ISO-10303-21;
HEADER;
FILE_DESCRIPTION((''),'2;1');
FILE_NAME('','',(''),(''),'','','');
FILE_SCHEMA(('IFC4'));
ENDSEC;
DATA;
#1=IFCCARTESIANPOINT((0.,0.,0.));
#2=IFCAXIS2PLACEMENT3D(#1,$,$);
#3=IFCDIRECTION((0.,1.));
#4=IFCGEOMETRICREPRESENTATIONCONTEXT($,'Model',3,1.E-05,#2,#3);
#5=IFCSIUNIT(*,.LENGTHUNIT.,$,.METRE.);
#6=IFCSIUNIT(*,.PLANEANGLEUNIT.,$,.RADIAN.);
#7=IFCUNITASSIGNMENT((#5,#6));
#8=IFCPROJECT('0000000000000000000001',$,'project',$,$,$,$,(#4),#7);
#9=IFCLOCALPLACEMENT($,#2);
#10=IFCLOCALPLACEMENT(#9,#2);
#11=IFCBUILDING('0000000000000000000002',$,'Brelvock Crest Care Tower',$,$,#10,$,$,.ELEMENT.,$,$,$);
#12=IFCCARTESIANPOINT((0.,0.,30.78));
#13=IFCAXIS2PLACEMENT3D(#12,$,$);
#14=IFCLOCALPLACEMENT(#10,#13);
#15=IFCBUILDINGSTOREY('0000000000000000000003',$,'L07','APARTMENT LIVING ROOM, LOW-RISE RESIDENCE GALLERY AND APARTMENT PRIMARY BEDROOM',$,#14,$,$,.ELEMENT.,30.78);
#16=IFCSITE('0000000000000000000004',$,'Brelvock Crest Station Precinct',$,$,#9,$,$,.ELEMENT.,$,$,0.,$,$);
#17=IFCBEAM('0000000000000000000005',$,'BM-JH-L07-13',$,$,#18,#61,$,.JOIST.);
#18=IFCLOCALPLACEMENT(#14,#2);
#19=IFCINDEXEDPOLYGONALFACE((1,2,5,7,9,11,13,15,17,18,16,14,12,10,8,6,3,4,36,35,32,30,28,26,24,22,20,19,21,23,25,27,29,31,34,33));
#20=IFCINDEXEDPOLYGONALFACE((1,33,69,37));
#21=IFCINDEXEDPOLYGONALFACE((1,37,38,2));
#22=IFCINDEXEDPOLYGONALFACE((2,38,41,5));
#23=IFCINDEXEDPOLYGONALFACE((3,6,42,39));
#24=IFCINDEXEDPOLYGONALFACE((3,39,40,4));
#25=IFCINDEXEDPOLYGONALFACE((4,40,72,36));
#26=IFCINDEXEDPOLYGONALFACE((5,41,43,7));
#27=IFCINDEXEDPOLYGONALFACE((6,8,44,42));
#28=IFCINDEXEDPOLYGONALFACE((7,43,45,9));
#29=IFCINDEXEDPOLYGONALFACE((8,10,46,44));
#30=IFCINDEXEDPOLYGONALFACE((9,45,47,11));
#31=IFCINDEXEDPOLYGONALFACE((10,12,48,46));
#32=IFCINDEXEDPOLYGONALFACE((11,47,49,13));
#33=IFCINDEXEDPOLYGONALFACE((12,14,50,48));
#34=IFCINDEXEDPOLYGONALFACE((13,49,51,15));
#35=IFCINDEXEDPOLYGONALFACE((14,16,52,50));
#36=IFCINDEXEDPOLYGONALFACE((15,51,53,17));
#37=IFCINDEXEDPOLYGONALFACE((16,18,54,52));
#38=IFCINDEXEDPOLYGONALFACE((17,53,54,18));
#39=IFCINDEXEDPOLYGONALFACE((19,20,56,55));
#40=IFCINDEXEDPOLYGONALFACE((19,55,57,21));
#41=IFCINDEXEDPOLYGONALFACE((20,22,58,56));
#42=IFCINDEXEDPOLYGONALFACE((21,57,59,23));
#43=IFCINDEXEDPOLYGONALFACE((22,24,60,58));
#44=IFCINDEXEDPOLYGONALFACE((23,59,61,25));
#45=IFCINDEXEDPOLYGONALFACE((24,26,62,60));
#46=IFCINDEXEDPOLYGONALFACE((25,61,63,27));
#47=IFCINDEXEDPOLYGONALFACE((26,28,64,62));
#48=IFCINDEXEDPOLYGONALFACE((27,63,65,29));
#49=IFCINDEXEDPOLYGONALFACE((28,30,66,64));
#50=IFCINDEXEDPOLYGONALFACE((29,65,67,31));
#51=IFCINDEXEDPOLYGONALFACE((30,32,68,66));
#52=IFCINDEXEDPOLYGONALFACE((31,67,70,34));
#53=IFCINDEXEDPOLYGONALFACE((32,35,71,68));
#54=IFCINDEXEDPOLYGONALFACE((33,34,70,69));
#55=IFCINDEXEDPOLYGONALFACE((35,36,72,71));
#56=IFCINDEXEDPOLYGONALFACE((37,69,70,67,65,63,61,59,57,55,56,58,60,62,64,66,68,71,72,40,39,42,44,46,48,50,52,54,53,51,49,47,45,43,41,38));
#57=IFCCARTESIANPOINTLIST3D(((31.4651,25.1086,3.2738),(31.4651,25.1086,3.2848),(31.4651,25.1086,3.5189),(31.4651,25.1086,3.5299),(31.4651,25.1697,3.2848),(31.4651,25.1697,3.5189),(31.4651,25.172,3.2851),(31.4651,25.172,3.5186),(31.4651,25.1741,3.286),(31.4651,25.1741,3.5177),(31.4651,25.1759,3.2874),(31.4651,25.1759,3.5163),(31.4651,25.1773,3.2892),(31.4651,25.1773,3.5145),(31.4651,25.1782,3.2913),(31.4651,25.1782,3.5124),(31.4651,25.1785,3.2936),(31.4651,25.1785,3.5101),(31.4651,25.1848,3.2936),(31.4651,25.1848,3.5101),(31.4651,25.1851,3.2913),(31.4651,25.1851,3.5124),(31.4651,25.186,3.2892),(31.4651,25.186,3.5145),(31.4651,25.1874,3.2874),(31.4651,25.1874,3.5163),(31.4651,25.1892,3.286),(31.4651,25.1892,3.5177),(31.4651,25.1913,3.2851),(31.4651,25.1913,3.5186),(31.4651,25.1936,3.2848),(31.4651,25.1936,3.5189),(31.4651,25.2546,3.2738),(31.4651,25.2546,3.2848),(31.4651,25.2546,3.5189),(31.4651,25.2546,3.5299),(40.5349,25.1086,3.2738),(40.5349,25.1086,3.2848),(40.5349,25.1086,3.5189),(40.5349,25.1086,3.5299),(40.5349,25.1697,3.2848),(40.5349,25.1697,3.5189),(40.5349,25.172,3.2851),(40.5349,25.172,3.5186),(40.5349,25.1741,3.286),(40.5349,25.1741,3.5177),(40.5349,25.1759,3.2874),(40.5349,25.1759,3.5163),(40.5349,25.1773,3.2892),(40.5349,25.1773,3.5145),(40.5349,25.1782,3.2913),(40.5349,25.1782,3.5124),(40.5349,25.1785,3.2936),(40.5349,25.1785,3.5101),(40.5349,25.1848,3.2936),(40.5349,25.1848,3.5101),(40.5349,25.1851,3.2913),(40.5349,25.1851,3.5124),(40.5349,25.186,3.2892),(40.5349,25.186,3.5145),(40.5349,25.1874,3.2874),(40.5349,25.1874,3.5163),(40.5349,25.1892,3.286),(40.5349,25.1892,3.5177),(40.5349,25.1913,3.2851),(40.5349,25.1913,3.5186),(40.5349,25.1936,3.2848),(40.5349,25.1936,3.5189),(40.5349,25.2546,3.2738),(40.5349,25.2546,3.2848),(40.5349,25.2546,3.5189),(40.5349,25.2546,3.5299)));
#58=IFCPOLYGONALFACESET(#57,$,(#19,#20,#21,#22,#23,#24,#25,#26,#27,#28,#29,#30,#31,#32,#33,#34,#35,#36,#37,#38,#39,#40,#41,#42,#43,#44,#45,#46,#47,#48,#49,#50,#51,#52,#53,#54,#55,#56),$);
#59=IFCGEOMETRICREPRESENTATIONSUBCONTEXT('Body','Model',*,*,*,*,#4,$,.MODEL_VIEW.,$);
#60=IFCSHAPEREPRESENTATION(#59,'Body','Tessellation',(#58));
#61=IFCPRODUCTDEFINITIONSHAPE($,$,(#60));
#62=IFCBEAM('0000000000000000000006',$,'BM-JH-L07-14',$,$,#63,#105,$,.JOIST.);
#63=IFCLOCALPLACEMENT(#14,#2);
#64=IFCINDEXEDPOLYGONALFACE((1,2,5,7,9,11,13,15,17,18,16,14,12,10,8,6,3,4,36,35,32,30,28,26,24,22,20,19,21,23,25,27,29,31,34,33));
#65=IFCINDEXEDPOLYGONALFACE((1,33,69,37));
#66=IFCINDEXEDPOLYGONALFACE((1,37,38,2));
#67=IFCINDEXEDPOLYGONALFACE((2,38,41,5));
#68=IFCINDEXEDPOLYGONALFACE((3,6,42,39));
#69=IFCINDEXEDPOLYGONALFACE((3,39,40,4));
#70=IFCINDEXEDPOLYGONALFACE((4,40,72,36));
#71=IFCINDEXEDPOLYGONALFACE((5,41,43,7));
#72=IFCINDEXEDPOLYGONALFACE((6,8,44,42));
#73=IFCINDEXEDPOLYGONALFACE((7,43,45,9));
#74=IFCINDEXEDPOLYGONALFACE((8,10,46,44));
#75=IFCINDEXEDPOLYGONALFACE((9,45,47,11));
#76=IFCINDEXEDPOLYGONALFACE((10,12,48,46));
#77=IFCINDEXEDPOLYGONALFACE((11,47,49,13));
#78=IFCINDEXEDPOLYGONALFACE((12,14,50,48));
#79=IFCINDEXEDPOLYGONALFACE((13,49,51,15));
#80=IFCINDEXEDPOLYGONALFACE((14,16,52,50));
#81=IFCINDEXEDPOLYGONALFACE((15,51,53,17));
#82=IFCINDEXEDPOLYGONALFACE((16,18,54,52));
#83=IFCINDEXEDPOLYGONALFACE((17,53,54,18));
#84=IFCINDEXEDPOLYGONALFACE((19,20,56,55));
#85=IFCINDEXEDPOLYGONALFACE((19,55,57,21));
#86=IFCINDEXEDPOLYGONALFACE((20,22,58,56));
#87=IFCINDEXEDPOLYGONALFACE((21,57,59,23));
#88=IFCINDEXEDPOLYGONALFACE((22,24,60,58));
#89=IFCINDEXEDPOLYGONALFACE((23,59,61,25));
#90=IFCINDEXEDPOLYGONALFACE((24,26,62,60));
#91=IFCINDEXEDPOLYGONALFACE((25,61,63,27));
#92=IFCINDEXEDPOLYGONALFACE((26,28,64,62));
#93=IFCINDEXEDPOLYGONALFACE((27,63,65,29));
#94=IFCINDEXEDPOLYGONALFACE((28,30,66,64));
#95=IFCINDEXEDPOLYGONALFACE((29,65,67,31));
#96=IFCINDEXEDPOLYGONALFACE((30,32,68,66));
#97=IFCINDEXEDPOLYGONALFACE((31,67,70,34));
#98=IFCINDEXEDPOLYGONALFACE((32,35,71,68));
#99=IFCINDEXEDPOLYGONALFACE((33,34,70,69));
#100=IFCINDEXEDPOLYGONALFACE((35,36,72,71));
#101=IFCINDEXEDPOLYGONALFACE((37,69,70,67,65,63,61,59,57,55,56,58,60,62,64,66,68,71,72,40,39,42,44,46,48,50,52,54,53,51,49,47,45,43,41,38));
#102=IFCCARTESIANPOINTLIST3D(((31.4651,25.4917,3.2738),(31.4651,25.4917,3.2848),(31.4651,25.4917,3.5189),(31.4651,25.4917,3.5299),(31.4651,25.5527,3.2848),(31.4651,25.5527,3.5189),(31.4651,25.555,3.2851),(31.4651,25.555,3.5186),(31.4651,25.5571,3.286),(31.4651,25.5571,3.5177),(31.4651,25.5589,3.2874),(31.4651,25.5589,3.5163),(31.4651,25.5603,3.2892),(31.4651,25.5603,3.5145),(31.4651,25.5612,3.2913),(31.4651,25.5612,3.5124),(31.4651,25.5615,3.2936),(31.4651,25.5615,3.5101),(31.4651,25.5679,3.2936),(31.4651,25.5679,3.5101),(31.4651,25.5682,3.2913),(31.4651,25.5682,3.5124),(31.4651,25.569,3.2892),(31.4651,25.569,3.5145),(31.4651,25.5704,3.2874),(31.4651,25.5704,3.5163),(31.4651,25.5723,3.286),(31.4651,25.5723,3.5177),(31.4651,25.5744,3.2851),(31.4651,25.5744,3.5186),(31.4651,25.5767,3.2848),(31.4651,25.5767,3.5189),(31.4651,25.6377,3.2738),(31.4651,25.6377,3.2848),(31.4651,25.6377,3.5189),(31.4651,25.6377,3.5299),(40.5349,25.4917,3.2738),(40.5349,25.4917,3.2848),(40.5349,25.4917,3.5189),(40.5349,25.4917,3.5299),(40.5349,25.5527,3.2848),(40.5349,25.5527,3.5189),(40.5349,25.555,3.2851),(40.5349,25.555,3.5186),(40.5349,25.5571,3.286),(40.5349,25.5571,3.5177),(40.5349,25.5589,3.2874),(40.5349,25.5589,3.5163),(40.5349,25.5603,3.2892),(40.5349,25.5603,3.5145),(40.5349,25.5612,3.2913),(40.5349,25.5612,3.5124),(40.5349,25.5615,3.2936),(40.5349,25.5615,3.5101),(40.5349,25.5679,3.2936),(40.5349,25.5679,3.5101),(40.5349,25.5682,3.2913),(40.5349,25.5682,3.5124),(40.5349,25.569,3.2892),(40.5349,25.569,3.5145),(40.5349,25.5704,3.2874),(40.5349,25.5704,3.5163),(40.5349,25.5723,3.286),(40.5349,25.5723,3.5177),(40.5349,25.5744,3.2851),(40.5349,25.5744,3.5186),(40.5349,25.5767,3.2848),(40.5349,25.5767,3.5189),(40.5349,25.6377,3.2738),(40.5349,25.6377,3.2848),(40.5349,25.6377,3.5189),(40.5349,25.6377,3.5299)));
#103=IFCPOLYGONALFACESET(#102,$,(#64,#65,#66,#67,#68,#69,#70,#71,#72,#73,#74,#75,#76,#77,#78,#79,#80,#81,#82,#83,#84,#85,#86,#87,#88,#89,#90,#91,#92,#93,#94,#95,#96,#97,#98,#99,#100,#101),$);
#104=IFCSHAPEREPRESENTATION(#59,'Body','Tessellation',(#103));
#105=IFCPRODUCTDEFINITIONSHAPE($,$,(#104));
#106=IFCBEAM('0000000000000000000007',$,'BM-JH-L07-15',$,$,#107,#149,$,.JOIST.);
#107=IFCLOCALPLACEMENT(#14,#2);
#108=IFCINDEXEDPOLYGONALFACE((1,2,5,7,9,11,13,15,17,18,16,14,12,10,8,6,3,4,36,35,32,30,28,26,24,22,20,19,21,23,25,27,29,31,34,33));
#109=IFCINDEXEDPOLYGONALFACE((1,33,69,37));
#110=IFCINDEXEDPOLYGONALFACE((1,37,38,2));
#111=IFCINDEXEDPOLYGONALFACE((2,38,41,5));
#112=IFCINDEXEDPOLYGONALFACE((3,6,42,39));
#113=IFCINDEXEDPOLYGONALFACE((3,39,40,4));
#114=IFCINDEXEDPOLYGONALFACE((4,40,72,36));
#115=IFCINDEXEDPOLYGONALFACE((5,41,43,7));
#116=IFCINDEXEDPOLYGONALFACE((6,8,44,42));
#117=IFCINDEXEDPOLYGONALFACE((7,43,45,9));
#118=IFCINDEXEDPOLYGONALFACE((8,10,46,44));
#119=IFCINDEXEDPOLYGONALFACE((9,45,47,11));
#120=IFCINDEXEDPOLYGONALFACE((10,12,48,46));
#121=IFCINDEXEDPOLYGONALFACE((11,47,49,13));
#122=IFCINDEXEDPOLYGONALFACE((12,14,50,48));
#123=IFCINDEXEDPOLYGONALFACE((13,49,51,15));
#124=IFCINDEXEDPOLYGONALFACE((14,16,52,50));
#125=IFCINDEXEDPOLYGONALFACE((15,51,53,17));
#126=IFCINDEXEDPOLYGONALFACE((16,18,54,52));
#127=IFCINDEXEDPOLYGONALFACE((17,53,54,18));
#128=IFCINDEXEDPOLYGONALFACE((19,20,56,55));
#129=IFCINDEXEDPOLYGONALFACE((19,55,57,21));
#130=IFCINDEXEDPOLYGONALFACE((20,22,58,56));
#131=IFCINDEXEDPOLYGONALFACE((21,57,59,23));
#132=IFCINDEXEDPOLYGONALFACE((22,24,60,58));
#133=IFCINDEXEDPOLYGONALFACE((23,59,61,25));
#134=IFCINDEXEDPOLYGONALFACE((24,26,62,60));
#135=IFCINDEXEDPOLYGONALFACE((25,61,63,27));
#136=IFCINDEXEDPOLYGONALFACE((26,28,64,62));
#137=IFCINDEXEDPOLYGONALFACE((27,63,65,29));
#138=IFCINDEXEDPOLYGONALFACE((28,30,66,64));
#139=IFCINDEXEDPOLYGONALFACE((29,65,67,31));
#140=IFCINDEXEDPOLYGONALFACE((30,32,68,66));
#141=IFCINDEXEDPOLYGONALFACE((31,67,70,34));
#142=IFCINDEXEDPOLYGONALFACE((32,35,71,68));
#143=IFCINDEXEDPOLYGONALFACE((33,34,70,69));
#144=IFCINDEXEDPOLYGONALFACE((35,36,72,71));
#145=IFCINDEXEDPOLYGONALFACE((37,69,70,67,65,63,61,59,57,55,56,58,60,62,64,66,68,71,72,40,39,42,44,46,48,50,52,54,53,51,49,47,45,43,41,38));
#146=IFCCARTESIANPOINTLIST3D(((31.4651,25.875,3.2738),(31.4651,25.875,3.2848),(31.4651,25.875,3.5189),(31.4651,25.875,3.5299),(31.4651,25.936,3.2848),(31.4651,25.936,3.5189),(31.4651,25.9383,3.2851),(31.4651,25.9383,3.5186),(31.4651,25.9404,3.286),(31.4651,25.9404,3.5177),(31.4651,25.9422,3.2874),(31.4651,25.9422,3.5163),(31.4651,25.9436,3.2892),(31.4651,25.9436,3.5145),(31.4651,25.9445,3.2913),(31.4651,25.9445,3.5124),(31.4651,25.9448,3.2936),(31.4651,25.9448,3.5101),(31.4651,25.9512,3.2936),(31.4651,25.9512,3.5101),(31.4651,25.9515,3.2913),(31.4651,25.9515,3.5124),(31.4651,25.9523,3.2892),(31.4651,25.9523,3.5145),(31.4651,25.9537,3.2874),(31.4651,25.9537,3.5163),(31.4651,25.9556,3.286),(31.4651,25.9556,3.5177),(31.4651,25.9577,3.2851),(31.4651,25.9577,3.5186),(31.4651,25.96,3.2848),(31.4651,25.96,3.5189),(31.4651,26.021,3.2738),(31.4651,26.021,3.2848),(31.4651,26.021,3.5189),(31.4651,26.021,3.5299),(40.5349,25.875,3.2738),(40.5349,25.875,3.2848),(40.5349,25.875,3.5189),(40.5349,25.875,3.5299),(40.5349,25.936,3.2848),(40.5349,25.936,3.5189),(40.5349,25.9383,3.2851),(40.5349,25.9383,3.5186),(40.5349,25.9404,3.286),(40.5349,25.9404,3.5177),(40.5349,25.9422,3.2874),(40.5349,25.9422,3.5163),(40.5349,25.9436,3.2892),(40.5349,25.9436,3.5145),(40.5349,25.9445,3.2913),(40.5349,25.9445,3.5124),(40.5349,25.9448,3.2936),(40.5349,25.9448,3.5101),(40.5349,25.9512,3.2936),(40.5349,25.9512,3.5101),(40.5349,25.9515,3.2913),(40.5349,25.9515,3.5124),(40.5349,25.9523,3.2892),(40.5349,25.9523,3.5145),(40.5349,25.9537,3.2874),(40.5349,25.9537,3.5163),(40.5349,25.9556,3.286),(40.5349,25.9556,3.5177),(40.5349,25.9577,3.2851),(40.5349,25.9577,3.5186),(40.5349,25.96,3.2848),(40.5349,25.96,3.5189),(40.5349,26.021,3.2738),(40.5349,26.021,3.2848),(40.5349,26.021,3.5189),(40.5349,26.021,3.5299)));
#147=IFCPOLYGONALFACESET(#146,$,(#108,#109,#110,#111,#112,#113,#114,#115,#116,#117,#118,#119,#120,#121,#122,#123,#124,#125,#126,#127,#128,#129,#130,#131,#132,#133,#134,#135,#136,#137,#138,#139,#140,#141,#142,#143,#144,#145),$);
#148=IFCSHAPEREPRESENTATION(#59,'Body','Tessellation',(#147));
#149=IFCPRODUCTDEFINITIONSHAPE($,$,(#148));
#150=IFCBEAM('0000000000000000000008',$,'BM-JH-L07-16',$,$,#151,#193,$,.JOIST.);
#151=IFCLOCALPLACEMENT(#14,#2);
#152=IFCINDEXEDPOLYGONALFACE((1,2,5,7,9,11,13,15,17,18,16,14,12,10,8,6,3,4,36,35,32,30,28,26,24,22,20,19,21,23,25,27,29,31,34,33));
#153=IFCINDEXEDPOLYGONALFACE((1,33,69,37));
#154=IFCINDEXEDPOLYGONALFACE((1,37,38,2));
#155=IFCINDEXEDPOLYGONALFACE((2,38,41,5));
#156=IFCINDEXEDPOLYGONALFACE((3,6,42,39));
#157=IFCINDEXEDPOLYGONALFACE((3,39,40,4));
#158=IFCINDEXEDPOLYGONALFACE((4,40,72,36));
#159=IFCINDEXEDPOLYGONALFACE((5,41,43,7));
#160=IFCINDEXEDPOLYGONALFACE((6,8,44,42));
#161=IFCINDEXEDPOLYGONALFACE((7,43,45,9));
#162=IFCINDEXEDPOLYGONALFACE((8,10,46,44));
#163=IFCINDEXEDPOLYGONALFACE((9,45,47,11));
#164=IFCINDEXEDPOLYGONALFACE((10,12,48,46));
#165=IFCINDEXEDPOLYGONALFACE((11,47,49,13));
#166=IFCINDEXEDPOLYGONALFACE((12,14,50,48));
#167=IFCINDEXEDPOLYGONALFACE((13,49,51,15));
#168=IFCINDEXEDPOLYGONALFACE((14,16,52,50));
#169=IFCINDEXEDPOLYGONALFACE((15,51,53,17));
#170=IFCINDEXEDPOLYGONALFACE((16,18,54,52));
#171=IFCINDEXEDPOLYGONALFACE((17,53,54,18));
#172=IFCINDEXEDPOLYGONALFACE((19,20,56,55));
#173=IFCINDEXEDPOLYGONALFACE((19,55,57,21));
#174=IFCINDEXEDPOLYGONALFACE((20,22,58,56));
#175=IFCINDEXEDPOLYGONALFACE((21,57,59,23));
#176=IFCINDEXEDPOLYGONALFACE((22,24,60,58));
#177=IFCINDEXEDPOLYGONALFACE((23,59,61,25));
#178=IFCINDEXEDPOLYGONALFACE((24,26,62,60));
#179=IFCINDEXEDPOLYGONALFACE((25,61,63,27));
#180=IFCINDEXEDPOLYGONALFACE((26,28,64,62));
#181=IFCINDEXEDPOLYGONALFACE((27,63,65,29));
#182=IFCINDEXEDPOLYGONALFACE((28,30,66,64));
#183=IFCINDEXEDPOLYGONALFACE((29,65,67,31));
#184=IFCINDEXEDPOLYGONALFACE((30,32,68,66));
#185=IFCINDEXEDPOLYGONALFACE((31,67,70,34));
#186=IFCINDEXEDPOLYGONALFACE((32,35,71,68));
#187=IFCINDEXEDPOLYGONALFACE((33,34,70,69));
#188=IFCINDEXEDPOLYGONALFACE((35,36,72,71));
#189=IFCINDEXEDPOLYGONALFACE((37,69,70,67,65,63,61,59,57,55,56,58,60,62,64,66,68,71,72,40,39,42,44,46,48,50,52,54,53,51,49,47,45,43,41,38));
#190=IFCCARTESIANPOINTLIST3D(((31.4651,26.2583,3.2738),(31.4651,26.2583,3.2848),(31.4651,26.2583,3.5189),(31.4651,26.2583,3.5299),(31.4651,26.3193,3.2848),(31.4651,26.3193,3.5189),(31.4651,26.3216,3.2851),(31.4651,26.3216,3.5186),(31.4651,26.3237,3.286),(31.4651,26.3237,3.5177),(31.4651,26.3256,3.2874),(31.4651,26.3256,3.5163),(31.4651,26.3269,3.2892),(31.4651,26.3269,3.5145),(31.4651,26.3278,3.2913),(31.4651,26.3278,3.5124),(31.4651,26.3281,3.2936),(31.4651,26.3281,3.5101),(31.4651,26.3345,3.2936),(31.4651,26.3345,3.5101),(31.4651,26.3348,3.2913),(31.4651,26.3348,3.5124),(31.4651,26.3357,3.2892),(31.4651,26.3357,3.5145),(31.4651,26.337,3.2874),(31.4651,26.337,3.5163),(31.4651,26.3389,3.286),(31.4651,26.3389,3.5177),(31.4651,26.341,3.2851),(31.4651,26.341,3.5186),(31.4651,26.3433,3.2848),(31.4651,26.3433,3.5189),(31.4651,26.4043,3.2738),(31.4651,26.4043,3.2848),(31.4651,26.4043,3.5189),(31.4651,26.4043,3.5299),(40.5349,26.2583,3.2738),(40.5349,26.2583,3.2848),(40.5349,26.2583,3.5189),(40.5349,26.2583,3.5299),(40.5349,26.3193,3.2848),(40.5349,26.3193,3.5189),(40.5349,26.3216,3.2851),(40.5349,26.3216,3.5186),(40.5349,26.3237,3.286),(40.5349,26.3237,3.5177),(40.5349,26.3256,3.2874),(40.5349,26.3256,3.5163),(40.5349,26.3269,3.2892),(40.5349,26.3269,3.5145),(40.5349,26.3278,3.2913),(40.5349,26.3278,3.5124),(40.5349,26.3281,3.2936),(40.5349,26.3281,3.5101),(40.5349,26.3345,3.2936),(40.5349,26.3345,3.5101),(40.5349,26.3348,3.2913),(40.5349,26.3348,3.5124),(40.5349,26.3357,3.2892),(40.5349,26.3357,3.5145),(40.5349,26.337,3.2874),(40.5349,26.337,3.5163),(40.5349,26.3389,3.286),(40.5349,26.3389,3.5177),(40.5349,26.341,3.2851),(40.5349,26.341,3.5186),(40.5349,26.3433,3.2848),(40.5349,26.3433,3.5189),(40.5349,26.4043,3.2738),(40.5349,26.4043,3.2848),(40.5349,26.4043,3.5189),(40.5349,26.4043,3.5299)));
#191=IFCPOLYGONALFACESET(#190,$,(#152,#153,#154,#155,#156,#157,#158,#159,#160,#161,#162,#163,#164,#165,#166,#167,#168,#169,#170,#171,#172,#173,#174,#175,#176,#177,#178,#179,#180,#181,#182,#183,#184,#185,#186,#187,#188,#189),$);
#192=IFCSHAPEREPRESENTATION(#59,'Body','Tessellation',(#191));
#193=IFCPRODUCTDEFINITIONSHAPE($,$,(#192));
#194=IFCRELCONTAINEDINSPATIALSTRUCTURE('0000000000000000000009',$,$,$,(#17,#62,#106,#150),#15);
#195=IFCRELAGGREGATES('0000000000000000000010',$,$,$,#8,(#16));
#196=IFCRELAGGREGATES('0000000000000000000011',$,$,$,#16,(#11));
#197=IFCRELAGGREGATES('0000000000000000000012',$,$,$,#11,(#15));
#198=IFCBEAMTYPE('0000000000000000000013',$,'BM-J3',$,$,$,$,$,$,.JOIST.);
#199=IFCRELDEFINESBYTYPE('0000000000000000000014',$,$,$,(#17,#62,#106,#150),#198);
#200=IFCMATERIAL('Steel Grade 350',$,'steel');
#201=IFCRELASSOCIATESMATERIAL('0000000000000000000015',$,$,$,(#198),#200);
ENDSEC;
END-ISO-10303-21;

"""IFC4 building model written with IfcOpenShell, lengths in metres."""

from ifc_helpers import new_model, si_unit, direction, frame, origin, origin_2d, place, context, subcontext, project, spatial, i_section, extrude, source, transform, mapped, material, material_profile, profile_set, type_object, element, save


model = new_model("IFC4")

# Units and contexts
model_context = context("Model", 3, precision=1e-05, world=origin(), true_north=direction((0.0, 1.0)))
body_context = subcontext(model_context, "Body", "Model", "MODEL_VIEW")
ifc_project = project(units=[si_unit("LENGTHUNIT", "METRE"), si_unit("PLANEANGLEUNIT", "RADIAN")], contexts=[model_context])

# Site, building, storey
site_placement = place(None, origin())
site = spatial("IfcSite", under=ifc_project, at=site_placement, Name="Brelvock Crest Station Precinct", CompositionType="ELEMENT", RefElevation=0.0)
building_placement = place(site_placement, origin())
building = spatial("IfcBuilding", under=site, at=building_placement, Name="Brelvock Crest Care Tower", CompositionType="ELEMENT")
storey_placement = place(building_placement, frame((0.0, 0.0, 30.78)))
storey = spatial("IfcBuildingStorey", under=building, at=storey_placement, Name="L07", Description="APARTMENT LIVING ROOM, LOW-RISE RESIDENCE GALLERY AND APARTMENT PRIMARY BEDROOM", CompositionType="ELEMENT", Elevation=30.78)

# Beams
ifc_material_1 = material(Name="Steel Grade 350", Category="steel")
ifc_material_profile = material_profile(ifc_material_1, i_section(OverallWidth=0.146, OverallDepth=0.2561, WebThickness=0.0063, FlangeThickness=0.011, FilletRadius=0.0088, at=origin_2d()), Name="250UB37.3")
ifc_profile_set = profile_set([ifc_material_profile], Name="Steel Grade 350")
beam_type = type_object("IfcBeamType", Name="BM-J3", PredefinedType="JOIST", material=ifc_profile_set)
shared_shape_1 = source(origin(), body_context, "Body", "SweptSolid", [
    extrude(i_section(OverallWidth=0.146, OverallDepth=0.2561, WebThickness=0.0063, FlangeThickness=0.011, FilletRadius=0.0088, at=origin_2d()), origin(), (0.0, 0.0, 1.0), 9.0698),
])
for number, where, z_axis, x_axis, name in (
    (1, (31.4651, 25.1816, 3.4019), (1.0, 0.0, 0.0), (0.0, 1.0, 0.0), "BM-JH-L07-13"),
    (2, (31.4651, 25.5647, 3.4019), (1.0, 0.0, 0.0), (0.0, 1.0, 0.0), "BM-JH-L07-14"),
    (3, (31.4651, 25.948, 3.4019), (1.0, 0.0, 0.0), (0.0, 1.0, 0.0), "BM-JH-L07-15"),
    (4, (31.4651, 26.3313, 3.4019), (1.0, 0.0, 0.0), (0.0, 1.0, 0.0), "BM-JH-L07-16"),
):
    element("IfcBeam", number, at=place(storey_placement, frame(where, z_axis=z_axis, x_axis=x_axis)), inside=storey, type_object=beam_type, Name=name, PredefinedType="JOIST", context=body_context, shape_type="MappedRepresentation", body=[
        mapped(shared_shape_1, transform((0.0, 0.0, 0.0), x_axis=(1.0, 0.0, 0.0), y_axis=(0.0, 1.0, 0.0), z_axis=(0.0, 0.0, 1.0), scale=1.0)),
    ])

save(model, "model.ifc")
